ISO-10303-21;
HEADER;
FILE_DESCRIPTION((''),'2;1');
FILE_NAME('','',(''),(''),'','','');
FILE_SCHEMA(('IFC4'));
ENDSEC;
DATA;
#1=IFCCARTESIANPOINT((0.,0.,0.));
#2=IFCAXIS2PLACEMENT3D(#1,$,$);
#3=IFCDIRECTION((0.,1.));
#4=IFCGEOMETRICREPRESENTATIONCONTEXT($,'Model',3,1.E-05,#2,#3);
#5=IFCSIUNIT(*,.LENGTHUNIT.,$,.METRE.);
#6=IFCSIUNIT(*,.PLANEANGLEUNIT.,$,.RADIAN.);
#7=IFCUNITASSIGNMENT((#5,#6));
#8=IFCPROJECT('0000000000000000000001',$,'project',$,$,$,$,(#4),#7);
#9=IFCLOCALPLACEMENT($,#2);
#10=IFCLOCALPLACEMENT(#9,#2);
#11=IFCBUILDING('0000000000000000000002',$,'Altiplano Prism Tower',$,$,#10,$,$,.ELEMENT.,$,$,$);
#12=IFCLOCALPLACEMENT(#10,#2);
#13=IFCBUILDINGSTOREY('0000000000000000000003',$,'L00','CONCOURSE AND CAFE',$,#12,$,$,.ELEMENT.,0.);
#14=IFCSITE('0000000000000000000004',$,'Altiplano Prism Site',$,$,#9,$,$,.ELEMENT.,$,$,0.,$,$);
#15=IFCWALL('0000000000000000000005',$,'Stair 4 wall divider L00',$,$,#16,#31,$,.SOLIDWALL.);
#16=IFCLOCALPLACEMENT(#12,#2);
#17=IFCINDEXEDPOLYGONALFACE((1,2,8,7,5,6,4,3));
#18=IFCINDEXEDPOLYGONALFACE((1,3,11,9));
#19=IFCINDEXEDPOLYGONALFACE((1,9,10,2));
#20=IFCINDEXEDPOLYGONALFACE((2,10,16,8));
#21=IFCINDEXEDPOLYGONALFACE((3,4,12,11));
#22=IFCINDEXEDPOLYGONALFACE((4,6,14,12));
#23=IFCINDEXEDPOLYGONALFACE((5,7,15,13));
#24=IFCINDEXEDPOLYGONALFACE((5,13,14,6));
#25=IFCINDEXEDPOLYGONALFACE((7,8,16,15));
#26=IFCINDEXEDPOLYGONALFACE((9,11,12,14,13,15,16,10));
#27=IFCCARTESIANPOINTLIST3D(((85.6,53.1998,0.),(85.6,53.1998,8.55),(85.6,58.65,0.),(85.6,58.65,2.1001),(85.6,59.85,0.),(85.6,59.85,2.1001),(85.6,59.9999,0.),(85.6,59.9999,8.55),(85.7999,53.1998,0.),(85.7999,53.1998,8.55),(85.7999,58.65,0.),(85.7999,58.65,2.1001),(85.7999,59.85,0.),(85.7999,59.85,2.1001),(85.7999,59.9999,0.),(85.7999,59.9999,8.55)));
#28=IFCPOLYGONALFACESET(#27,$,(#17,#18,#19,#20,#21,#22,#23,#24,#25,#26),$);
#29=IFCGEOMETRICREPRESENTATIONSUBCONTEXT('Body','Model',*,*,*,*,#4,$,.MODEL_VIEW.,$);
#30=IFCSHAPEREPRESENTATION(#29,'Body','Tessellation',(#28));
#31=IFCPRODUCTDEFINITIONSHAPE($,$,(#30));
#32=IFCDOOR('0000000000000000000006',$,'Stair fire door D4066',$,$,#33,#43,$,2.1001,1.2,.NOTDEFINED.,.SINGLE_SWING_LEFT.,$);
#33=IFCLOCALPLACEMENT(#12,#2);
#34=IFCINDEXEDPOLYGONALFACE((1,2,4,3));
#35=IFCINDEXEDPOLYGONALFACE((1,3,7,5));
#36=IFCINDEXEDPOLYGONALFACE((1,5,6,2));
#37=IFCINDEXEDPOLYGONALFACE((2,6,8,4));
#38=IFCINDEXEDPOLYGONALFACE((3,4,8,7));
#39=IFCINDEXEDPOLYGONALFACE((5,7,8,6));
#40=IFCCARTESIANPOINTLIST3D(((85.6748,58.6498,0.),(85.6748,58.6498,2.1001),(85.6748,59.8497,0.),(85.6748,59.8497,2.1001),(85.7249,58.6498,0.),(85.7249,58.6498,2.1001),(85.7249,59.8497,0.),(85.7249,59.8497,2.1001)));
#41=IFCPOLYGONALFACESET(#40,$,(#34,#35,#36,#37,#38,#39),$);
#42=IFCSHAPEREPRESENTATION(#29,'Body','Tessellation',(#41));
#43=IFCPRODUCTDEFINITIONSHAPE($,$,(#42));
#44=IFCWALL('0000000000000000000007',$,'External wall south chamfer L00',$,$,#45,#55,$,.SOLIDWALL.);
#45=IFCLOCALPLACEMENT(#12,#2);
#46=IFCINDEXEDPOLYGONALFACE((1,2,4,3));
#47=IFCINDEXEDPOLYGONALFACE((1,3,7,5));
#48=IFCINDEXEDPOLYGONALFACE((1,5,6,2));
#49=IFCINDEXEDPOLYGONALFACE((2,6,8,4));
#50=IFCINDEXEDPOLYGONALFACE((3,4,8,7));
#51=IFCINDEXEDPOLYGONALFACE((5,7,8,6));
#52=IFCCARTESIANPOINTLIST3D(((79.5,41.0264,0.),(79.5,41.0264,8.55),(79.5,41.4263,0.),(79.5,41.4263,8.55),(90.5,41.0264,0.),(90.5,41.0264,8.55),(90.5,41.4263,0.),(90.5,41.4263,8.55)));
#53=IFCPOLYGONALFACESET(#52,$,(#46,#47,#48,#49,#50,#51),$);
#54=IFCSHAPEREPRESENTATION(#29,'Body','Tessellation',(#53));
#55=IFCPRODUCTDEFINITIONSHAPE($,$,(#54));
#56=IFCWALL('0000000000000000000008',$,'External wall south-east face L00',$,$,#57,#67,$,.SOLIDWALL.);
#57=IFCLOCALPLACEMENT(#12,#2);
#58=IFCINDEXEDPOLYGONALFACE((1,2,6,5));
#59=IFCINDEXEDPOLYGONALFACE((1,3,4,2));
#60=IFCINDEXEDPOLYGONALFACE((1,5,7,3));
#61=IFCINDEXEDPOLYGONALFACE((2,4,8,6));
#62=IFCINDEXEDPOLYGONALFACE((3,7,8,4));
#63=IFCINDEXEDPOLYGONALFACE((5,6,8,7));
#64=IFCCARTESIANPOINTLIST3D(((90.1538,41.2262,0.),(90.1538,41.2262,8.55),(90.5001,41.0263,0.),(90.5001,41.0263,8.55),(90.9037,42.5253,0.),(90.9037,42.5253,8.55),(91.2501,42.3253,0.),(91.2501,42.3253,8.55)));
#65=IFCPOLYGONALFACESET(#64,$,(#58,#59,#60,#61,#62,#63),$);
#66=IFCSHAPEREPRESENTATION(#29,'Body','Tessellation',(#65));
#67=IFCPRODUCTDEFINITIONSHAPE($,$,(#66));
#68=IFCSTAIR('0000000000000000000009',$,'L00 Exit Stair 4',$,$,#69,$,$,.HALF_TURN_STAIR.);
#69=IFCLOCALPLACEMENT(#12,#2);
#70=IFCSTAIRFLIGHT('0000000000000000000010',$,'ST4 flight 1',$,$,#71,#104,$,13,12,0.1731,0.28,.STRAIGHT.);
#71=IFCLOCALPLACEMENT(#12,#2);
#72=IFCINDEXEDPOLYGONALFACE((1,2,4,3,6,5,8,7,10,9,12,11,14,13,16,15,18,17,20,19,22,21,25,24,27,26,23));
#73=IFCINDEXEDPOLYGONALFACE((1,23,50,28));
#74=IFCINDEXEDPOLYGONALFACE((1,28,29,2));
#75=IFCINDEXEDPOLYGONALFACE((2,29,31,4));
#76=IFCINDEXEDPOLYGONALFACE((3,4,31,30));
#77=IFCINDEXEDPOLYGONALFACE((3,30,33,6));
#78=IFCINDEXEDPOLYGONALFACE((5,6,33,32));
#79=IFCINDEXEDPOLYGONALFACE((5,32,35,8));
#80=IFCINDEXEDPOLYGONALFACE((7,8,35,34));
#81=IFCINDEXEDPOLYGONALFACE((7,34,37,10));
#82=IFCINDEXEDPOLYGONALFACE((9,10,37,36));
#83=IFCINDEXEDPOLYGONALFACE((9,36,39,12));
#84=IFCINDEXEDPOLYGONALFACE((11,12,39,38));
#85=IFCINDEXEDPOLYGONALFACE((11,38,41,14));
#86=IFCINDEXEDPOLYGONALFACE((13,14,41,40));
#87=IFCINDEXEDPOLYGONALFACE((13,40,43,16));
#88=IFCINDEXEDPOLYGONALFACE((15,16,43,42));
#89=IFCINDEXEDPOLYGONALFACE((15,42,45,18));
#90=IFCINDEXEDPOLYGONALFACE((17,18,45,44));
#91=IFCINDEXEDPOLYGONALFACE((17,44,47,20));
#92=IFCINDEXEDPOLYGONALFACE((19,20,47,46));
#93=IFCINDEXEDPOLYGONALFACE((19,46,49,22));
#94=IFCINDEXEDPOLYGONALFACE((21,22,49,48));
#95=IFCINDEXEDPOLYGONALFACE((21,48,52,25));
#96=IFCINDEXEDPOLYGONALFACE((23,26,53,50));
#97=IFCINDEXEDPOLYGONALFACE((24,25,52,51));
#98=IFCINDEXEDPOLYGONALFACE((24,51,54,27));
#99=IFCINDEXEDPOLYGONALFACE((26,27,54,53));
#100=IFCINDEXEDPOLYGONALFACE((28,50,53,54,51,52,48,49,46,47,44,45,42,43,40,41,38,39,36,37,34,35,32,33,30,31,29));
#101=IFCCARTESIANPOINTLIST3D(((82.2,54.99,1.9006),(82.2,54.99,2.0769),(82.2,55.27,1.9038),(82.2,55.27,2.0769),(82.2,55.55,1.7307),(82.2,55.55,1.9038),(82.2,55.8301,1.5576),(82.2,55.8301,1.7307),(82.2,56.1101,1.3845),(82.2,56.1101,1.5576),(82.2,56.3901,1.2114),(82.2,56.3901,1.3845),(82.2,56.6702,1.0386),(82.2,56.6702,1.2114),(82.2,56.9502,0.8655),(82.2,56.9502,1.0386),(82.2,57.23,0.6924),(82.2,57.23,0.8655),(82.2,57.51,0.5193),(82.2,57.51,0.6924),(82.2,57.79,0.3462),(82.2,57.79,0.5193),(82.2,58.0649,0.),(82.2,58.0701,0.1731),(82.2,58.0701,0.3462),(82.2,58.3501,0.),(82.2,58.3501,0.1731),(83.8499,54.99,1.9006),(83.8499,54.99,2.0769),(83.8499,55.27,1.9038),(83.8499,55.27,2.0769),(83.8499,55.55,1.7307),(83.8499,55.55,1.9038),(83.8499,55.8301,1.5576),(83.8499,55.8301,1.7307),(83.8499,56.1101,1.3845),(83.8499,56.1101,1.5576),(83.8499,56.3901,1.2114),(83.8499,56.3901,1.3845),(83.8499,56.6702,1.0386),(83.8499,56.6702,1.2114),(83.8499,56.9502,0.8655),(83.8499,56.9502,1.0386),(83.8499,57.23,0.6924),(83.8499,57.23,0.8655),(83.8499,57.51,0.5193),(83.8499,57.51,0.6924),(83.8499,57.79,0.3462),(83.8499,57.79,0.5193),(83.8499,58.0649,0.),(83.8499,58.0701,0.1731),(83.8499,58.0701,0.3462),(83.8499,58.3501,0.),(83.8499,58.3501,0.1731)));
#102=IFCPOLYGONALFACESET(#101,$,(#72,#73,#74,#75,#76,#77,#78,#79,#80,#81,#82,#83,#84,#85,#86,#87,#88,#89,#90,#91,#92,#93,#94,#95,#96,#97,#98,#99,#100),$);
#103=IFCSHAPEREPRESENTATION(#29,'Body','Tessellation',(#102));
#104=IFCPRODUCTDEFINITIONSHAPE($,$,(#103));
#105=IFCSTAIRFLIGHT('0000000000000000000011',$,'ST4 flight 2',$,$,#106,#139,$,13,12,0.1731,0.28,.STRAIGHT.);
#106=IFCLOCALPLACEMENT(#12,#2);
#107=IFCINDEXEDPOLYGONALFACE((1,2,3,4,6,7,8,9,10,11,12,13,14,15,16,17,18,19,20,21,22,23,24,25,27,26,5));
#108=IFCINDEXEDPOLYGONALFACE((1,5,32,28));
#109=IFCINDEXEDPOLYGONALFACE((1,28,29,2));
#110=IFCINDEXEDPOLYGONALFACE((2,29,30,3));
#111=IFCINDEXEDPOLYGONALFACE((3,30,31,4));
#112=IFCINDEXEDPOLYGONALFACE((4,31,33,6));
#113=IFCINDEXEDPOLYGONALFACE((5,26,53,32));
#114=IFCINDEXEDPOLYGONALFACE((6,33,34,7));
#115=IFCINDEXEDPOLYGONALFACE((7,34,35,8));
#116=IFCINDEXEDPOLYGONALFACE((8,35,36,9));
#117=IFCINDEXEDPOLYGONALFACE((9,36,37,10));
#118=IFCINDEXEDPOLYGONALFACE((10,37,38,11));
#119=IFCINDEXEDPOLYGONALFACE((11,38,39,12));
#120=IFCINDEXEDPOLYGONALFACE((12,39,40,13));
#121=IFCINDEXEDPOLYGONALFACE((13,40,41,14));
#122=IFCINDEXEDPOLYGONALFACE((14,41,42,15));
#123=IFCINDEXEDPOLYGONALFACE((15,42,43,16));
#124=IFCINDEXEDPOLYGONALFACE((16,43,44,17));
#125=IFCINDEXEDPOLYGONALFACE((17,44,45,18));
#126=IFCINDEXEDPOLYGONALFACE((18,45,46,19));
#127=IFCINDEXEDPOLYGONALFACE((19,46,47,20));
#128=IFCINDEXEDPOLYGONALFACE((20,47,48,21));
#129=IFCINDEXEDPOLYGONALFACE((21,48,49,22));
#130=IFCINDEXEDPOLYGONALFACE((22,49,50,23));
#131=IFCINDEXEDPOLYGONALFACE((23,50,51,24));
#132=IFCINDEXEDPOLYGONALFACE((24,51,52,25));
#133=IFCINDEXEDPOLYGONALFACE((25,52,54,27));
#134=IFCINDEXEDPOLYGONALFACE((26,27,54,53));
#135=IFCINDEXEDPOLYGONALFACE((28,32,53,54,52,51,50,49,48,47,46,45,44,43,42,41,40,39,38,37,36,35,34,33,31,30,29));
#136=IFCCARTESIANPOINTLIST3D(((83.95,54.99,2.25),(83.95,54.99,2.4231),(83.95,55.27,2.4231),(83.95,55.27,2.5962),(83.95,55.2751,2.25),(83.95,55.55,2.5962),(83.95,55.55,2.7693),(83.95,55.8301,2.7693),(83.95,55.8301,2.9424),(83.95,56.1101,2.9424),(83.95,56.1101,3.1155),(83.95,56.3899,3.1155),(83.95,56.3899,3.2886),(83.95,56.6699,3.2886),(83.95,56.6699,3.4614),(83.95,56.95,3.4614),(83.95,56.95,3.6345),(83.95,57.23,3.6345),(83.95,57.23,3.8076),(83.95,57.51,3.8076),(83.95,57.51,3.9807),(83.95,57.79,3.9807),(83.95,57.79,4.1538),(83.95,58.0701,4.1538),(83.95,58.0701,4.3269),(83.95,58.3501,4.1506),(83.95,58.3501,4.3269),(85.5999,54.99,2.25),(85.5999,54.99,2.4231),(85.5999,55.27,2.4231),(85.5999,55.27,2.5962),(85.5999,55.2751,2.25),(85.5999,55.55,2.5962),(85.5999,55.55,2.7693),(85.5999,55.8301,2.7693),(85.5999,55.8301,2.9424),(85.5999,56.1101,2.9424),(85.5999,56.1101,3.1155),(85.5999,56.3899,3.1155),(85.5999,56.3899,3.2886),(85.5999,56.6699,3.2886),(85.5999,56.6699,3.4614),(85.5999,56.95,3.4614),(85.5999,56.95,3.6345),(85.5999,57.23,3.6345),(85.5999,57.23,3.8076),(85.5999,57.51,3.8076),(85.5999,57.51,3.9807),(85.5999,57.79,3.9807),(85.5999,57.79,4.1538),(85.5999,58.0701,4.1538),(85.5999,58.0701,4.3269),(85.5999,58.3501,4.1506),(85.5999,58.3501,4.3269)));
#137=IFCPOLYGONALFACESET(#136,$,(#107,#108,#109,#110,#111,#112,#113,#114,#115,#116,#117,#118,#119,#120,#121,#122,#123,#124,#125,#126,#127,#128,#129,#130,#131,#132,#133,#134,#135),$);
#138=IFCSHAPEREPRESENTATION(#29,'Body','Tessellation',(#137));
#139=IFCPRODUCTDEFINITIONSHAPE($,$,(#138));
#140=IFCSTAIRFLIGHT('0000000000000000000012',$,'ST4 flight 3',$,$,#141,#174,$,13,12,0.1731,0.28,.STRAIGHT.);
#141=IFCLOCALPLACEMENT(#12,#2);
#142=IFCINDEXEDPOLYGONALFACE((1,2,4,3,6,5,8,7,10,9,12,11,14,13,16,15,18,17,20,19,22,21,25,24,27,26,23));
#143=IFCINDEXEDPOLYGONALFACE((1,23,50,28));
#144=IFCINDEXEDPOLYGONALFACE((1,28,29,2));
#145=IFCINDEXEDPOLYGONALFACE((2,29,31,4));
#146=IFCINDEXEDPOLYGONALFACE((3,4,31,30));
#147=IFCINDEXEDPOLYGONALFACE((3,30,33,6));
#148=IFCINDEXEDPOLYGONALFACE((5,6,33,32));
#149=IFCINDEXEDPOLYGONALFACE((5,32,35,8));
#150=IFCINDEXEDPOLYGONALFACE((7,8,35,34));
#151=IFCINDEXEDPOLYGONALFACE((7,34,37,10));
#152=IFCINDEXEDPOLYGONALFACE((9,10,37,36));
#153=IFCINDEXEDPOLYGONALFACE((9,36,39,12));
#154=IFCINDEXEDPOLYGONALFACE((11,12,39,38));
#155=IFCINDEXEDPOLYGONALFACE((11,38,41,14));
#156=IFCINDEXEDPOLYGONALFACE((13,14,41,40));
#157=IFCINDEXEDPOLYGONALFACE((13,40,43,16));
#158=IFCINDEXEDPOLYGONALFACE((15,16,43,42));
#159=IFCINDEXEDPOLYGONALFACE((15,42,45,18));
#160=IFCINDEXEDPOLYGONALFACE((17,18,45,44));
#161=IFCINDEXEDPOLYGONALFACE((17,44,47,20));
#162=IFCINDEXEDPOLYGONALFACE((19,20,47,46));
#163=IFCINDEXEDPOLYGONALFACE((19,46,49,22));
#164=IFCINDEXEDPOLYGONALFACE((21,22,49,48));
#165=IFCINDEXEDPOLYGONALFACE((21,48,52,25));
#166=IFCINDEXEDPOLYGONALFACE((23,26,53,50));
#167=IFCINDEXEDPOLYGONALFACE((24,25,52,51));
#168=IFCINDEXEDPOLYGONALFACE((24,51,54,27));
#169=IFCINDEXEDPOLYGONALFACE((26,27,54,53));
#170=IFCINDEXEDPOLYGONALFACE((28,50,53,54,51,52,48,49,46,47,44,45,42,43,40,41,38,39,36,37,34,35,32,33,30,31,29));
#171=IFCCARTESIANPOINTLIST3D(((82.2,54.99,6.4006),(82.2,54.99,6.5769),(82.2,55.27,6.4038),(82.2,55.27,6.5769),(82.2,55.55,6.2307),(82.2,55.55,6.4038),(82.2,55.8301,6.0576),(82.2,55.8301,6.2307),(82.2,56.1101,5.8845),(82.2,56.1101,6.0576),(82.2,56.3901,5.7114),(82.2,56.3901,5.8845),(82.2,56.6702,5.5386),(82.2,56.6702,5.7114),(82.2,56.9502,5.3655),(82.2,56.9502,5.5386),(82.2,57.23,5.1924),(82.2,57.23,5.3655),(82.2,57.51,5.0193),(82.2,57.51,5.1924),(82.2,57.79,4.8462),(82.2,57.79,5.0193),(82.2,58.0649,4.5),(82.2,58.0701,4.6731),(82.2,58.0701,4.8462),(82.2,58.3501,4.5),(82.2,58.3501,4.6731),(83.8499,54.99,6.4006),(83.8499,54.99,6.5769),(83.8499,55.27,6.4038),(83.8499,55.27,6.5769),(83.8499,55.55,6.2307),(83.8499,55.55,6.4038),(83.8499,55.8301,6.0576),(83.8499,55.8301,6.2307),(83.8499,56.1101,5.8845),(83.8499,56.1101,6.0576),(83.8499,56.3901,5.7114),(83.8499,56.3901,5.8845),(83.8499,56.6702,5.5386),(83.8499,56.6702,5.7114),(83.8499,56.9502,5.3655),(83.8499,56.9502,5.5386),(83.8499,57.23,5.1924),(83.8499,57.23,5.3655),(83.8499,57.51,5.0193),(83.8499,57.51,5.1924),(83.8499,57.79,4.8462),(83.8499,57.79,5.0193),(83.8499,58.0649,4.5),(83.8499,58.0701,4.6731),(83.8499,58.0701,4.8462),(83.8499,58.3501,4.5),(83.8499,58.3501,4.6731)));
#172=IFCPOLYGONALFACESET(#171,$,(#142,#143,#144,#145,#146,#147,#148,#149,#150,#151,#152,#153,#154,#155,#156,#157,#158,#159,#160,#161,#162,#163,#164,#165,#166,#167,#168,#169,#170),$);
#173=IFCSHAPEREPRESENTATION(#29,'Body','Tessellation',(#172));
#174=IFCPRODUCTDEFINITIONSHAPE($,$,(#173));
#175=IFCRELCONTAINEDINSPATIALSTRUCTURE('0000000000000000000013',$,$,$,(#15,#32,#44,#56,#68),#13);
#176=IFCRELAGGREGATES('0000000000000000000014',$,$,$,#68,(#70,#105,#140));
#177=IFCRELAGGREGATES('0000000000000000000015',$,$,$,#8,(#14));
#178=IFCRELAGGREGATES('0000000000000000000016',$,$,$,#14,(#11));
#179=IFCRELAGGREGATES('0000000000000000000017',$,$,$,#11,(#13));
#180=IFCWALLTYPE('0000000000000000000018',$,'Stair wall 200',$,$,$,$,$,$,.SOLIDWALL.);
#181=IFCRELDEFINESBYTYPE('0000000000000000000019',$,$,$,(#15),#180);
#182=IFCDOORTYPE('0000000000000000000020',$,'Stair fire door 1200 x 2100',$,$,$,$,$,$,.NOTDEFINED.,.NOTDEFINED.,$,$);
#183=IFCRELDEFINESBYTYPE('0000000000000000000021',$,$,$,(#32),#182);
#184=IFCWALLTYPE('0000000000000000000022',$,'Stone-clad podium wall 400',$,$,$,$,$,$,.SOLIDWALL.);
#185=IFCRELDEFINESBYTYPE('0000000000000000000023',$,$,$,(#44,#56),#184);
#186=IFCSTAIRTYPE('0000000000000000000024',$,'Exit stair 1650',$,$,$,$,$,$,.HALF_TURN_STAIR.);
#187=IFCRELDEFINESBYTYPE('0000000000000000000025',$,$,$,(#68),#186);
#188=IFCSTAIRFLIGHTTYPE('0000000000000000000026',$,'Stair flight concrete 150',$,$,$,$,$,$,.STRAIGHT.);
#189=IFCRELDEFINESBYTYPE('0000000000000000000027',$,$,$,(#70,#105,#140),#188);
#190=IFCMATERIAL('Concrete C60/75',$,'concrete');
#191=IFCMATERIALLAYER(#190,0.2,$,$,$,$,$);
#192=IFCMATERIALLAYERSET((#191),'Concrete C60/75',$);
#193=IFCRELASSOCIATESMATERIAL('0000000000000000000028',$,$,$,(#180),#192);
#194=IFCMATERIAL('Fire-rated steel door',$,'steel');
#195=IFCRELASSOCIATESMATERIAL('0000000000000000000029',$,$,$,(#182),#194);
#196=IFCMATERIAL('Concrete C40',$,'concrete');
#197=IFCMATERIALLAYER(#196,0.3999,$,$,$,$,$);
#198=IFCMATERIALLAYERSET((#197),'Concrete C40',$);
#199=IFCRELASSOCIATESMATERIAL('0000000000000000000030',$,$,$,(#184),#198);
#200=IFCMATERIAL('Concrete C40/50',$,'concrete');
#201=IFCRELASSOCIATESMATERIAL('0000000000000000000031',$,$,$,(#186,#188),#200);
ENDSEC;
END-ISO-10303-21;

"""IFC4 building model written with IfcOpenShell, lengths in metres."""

from ifc_helpers import new_model, si_unit, direction, frame, frame_2d, origin, place, context, subcontext, project, spatial, polyline, rectangle, outline, extrude, material, layer, layer_set, type_object, element, fill, aggregate, save


model = new_model("IFC4")

# Units and contexts
model_context = context("Model", 3, precision=1e-05, world=origin(), true_north=direction((0.0, 1.0)))
body_context = subcontext(model_context, "Body", "Model", "MODEL_VIEW")
ifc_project = project(units=[si_unit("LENGTHUNIT", "METRE"), si_unit("PLANEANGLEUNIT", "RADIAN")], contexts=[model_context])

# Site, building, storey
site_placement = place(None, origin())
site = spatial("IfcSite", under=ifc_project, at=site_placement, Name="Altiplano Prism Site", CompositionType="ELEMENT", RefElevation=0.0)
building_placement = place(site_placement, origin())
building = spatial("IfcBuilding", under=site, at=building_placement, Name="Altiplano Prism Tower", CompositionType="ELEMENT")
storey_placement = place(building_placement, origin())
storey = spatial("IfcBuildingStorey", under=building, at=storey_placement, Name="L00", Description="CONCOURSE AND CAFE", CompositionType="ELEMENT", Elevation=0.0)

# Shared definitions
ifc_material_1 = material(Name="Concrete C60/75", Category="concrete")

# Shared definitions
ifc_layer_1 = layer(ifc_material_1, 0.2)
ifc_layer_set_1 = layer_set([ifc_layer_1], Name="Concrete C60/75")
wall_type_1 = type_object("IfcWallType", Name="Stair wall 200", PredefinedType="SOLIDWALL", material=ifc_layer_set_1)

# Wall, opening, door
wall_1_placement = place(storey_placement, frame((85.7, 53.2, 0.0), z_axis=(0.0, 0.0, 1.0), x_axis=(0.0, 1.0, 0.0)))
wall_1 = element("IfcWall", 1, at=wall_1_placement, inside=storey, type_object=wall_type_1, Name="Stair 4 wall divider L00", PredefinedType="SOLIDWALL", context=body_context, shape_type="SweptSolid", body=[
    extrude(rectangle(XDim=6.8, YDim=0.2, at=frame_2d((3.3999, 0.0))), origin(), (0.0, 0.0, 1.0), 8.55),
])
opening_placement = place(wall_1_placement, frame((5.45, 0.0, 0.0)))
opening = element("IfcOpeningElement", 2, at=opening_placement, cuts=wall_1, PredefinedType="OPENING", context=body_context, shape_type="SweptSolid", body=[
    extrude(rectangle(XDim=1.2, YDim=2.1001, at=frame_2d((0.6001, 1.05))), frame((0.0, 0.1104, 0.0), z_axis=(0.0, -1.0, 0.0), x_axis=(1.0, 0.0, 0.0)), (0.0, 0.0, 1.0), 0.2209),
])
ifc_material_2 = material(Name="Fire-rated steel door", Category="steel")
door_type = type_object("IfcDoorType", Name="Stair fire door 1200 x 2100", OperationType="NOTDEFINED", PredefinedType="NOTDEFINED", material=ifc_material_2)
door_placement = place(opening_placement, frame((1.2, 0.0, 0.0), z_axis=(0.0, 0.0, 1.0), x_axis=(-1.0, 0.0, 0.0)))
door = element("IfcDoor", 3, at=door_placement, inside=storey, type_object=door_type, Name="Stair fire door D4066", OperationType="SINGLE_SWING_LEFT", OverallHeight=2.1001, OverallWidth=1.2, PredefinedType="NOTDEFINED", context=body_context, shape_type="SweptSolid", body=[
    extrude(rectangle(XDim=1.2, YDim=2.1001, at=frame_2d((0.6001, 1.05))), frame((0.0, 0.0249, 0.0), z_axis=(0.0, -1.0, 0.0), x_axis=(1.0, 0.0, 0.0)), (0.0, 0.0, 1.0), 0.05),
])
fill(opening, door)

# Walls
ifc_material_3 = material(Name="Concrete C40", Category="concrete")
ifc_layer_2 = layer(ifc_material_3, 0.3999)
ifc_layer_set_2 = layer_set([ifc_layer_2], Name="Concrete C40")
wall_type_2 = type_object("IfcWallType", Name="Stone-clad podium wall 400", PredefinedType="SOLIDWALL", material=ifc_layer_set_2)
wall_2_placement = place(storey_placement, frame((90.5, 41.2263, 0.0), z_axis=(0.0, 0.0, 1.0), x_axis=(-1.0, 0.0, 0.0)))
element("IfcWall", 4, at=wall_2_placement, inside=storey, type_object=wall_type_2, Name="External wall south chamfer L00", PredefinedType="SOLIDWALL", context=body_context, shape_type="SweptSolid", body=[
    extrude(rectangle(XDim=11.0, YDim=0.3999, at=frame_2d((5.5, 0.0))), origin(), (0.0, 0.0, 1.0), 8.55),
])
wall_3_placement = place(storey_placement, frame((91.0769, 42.4253, 0.0), z_axis=(0.0, 0.0, 1.0), x_axis=(-0.49999, -0.866031, 0.0)))
element("IfcWall", 5, at=wall_3_placement, inside=storey, type_object=wall_type_2, Name="External wall south-east face L00", PredefinedType="SOLIDWALL", context=body_context, shape_type="SweptSolid", body=[
    extrude(rectangle(XDim=1.5, YDim=0.3999, at=frame_2d((0.75, 0.0))), origin(), (0.0, 0.0, 1.0), 8.55),
])

# Stair, stair flights
ifc_material_4 = material(Name="Concrete C40/50", Category="concrete")
stair_type = type_object("IfcStairType", Name="Exit stair 1650", PredefinedType="HALF_TURN_STAIR", material=ifc_material_4)
stair_placement = place(storey_placement, origin())
stair = element("IfcStair", 6, at=stair_placement, inside=storey, type_object=stair_type, Name="L00 Exit Stair 4", PredefinedType="HALF_TURN_STAIR")
stair_flight_type = type_object("IfcStairFlightType", Name="Stair flight concrete 150", PredefinedType="STRAIGHT", material=ifc_material_4)
stair_flight_1_placement = place(storey_placement, frame((83.0249, 58.3501, 0.0), z_axis=(0.0, 0.0, 1.0), x_axis=(0.0, -1.0, 0.0)))
stair_flight_1 = element("IfcStairFlight", 7, at=stair_flight_1_placement, type_object=stair_flight_type, Name="ST4 flight 1", NumberOfRisers=13, NumberOfTreads=12, PredefinedType="STRAIGHT", RiserHeight=0.1731, TreadLength=0.28, context=body_context, shape_type="SweptSolid", body=[
    extrude(outline(polyline([(0.0, 0.0), (0.0, 0.1731), (0.28, 0.1731), (0.28, 0.3462), (0.5601, 0.3462), (0.5601, 0.5193), (0.8401, 0.5193), (0.8401, 0.6924), (1.1201, 0.6924), (1.1201, 0.8655), (1.3999, 0.8655), (1.3999, 1.0386), (1.6799, 1.0386), (1.6799, 1.2114), (1.96, 1.2114), (1.96, 1.3845), (2.24, 1.3845), (2.24, 1.5576), (2.52, 1.5576), (2.52, 1.7307), (2.8, 1.7307), (2.8, 1.9038), (3.0801, 1.9038), (3.0801, 2.0769), (3.3601, 2.0769), (3.3601, 2.25), (3.3601, 1.9006), (0.2852, 0.0), (0.0, 0.0)])), frame((0.0, 0.825, 0.0), z_axis=(0.0, -1.0, 0.0), x_axis=(1.0, 0.0, 0.0)), (0.0, 0.0, 1.0), 1.6499),
])
stair_flight_2_placement = place(storey_placement, frame((84.7749, 54.99, 2.25), z_axis=(0.0, 0.0, 1.0), x_axis=(0.0, 1.0, 0.0)))
stair_flight_2 = element("IfcStairFlight", 8, at=stair_flight_2_placement, type_object=stair_flight_type, Name="ST4 flight 2", NumberOfRisers=13, NumberOfTreads=12, PredefinedType="STRAIGHT", RiserHeight=0.1731, TreadLength=0.28, context=body_context, shape_type="SweptSolid", body=[
    extrude(outline(polyline([(0.0, 0.0), (0.0, 0.1731), (0.28, 0.1731), (0.28, 0.3462), (0.5601, 0.3462), (0.5601, 0.5193), (0.8401, 0.5193), (0.8401, 0.6924), (1.1201, 0.6924), (1.1201, 0.8655), (1.3999, 0.8655), (1.3999, 1.0386), (1.6799, 1.0386), (1.6799, 1.2114), (1.96, 1.2114), (1.96, 1.3845), (2.24, 1.3845), (2.24, 1.5576), (2.52, 1.5576), (2.52, 1.7307), (2.8, 1.7307), (2.8, 1.9038), (3.0801, 1.9038), (3.0801, 2.0769), (3.3601, 2.0769), (3.3601, 2.25), (3.3601, 1.9006), (0.2852, 0.0), (0.0, 0.0)])), frame((0.0, 0.825, 0.0), z_axis=(0.0, -1.0, 0.0), x_axis=(1.0, 0.0, 0.0)), (0.0, 0.0, 1.0), 1.6499),
])
stair_flight_3_placement = place(storey_placement, frame((83.0249, 58.3501, 4.5), z_axis=(0.0, 0.0, 1.0), x_axis=(0.0, -1.0, 0.0)))
stair_flight_3 = element("IfcStairFlight", 9, at=stair_flight_3_placement, type_object=stair_flight_type, Name="ST4 flight 3", NumberOfRisers=13, NumberOfTreads=12, PredefinedType="STRAIGHT", RiserHeight=0.1731, TreadLength=0.28, context=body_context, shape_type="SweptSolid", body=[
    extrude(outline(polyline([(0.0, 0.0), (0.0, 0.1731), (0.28, 0.1731), (0.28, 0.3462), (0.5601, 0.3462), (0.5601, 0.5193), (0.8401, 0.5193), (0.8401, 0.6924), (1.1201, 0.6924), (1.1201, 0.8655), (1.3999, 0.8655), (1.3999, 1.0386), (1.6799, 1.0386), (1.6799, 1.2114), (1.96, 1.2114), (1.96, 1.3845), (2.24, 1.3845), (2.24, 1.5576), (2.52, 1.5576), (2.52, 1.7307), (2.8, 1.7307), (2.8, 1.9038), (3.0801, 1.9038), (3.0801, 2.0769), (3.3601, 2.0769), (3.3601, 2.25), (3.3601, 1.9006), (0.2852, 0.0), (0.0, 0.0)])), frame((0.0, 0.825, 0.0), z_axis=(0.0, -1.0, 0.0), x_axis=(1.0, 0.0, 0.0)), (0.0, 0.0, 1.0), 1.6499),
])
aggregate(stair, [stair_flight_1, stair_flight_2, stair_flight_3])

save(model, "model.ifc")
